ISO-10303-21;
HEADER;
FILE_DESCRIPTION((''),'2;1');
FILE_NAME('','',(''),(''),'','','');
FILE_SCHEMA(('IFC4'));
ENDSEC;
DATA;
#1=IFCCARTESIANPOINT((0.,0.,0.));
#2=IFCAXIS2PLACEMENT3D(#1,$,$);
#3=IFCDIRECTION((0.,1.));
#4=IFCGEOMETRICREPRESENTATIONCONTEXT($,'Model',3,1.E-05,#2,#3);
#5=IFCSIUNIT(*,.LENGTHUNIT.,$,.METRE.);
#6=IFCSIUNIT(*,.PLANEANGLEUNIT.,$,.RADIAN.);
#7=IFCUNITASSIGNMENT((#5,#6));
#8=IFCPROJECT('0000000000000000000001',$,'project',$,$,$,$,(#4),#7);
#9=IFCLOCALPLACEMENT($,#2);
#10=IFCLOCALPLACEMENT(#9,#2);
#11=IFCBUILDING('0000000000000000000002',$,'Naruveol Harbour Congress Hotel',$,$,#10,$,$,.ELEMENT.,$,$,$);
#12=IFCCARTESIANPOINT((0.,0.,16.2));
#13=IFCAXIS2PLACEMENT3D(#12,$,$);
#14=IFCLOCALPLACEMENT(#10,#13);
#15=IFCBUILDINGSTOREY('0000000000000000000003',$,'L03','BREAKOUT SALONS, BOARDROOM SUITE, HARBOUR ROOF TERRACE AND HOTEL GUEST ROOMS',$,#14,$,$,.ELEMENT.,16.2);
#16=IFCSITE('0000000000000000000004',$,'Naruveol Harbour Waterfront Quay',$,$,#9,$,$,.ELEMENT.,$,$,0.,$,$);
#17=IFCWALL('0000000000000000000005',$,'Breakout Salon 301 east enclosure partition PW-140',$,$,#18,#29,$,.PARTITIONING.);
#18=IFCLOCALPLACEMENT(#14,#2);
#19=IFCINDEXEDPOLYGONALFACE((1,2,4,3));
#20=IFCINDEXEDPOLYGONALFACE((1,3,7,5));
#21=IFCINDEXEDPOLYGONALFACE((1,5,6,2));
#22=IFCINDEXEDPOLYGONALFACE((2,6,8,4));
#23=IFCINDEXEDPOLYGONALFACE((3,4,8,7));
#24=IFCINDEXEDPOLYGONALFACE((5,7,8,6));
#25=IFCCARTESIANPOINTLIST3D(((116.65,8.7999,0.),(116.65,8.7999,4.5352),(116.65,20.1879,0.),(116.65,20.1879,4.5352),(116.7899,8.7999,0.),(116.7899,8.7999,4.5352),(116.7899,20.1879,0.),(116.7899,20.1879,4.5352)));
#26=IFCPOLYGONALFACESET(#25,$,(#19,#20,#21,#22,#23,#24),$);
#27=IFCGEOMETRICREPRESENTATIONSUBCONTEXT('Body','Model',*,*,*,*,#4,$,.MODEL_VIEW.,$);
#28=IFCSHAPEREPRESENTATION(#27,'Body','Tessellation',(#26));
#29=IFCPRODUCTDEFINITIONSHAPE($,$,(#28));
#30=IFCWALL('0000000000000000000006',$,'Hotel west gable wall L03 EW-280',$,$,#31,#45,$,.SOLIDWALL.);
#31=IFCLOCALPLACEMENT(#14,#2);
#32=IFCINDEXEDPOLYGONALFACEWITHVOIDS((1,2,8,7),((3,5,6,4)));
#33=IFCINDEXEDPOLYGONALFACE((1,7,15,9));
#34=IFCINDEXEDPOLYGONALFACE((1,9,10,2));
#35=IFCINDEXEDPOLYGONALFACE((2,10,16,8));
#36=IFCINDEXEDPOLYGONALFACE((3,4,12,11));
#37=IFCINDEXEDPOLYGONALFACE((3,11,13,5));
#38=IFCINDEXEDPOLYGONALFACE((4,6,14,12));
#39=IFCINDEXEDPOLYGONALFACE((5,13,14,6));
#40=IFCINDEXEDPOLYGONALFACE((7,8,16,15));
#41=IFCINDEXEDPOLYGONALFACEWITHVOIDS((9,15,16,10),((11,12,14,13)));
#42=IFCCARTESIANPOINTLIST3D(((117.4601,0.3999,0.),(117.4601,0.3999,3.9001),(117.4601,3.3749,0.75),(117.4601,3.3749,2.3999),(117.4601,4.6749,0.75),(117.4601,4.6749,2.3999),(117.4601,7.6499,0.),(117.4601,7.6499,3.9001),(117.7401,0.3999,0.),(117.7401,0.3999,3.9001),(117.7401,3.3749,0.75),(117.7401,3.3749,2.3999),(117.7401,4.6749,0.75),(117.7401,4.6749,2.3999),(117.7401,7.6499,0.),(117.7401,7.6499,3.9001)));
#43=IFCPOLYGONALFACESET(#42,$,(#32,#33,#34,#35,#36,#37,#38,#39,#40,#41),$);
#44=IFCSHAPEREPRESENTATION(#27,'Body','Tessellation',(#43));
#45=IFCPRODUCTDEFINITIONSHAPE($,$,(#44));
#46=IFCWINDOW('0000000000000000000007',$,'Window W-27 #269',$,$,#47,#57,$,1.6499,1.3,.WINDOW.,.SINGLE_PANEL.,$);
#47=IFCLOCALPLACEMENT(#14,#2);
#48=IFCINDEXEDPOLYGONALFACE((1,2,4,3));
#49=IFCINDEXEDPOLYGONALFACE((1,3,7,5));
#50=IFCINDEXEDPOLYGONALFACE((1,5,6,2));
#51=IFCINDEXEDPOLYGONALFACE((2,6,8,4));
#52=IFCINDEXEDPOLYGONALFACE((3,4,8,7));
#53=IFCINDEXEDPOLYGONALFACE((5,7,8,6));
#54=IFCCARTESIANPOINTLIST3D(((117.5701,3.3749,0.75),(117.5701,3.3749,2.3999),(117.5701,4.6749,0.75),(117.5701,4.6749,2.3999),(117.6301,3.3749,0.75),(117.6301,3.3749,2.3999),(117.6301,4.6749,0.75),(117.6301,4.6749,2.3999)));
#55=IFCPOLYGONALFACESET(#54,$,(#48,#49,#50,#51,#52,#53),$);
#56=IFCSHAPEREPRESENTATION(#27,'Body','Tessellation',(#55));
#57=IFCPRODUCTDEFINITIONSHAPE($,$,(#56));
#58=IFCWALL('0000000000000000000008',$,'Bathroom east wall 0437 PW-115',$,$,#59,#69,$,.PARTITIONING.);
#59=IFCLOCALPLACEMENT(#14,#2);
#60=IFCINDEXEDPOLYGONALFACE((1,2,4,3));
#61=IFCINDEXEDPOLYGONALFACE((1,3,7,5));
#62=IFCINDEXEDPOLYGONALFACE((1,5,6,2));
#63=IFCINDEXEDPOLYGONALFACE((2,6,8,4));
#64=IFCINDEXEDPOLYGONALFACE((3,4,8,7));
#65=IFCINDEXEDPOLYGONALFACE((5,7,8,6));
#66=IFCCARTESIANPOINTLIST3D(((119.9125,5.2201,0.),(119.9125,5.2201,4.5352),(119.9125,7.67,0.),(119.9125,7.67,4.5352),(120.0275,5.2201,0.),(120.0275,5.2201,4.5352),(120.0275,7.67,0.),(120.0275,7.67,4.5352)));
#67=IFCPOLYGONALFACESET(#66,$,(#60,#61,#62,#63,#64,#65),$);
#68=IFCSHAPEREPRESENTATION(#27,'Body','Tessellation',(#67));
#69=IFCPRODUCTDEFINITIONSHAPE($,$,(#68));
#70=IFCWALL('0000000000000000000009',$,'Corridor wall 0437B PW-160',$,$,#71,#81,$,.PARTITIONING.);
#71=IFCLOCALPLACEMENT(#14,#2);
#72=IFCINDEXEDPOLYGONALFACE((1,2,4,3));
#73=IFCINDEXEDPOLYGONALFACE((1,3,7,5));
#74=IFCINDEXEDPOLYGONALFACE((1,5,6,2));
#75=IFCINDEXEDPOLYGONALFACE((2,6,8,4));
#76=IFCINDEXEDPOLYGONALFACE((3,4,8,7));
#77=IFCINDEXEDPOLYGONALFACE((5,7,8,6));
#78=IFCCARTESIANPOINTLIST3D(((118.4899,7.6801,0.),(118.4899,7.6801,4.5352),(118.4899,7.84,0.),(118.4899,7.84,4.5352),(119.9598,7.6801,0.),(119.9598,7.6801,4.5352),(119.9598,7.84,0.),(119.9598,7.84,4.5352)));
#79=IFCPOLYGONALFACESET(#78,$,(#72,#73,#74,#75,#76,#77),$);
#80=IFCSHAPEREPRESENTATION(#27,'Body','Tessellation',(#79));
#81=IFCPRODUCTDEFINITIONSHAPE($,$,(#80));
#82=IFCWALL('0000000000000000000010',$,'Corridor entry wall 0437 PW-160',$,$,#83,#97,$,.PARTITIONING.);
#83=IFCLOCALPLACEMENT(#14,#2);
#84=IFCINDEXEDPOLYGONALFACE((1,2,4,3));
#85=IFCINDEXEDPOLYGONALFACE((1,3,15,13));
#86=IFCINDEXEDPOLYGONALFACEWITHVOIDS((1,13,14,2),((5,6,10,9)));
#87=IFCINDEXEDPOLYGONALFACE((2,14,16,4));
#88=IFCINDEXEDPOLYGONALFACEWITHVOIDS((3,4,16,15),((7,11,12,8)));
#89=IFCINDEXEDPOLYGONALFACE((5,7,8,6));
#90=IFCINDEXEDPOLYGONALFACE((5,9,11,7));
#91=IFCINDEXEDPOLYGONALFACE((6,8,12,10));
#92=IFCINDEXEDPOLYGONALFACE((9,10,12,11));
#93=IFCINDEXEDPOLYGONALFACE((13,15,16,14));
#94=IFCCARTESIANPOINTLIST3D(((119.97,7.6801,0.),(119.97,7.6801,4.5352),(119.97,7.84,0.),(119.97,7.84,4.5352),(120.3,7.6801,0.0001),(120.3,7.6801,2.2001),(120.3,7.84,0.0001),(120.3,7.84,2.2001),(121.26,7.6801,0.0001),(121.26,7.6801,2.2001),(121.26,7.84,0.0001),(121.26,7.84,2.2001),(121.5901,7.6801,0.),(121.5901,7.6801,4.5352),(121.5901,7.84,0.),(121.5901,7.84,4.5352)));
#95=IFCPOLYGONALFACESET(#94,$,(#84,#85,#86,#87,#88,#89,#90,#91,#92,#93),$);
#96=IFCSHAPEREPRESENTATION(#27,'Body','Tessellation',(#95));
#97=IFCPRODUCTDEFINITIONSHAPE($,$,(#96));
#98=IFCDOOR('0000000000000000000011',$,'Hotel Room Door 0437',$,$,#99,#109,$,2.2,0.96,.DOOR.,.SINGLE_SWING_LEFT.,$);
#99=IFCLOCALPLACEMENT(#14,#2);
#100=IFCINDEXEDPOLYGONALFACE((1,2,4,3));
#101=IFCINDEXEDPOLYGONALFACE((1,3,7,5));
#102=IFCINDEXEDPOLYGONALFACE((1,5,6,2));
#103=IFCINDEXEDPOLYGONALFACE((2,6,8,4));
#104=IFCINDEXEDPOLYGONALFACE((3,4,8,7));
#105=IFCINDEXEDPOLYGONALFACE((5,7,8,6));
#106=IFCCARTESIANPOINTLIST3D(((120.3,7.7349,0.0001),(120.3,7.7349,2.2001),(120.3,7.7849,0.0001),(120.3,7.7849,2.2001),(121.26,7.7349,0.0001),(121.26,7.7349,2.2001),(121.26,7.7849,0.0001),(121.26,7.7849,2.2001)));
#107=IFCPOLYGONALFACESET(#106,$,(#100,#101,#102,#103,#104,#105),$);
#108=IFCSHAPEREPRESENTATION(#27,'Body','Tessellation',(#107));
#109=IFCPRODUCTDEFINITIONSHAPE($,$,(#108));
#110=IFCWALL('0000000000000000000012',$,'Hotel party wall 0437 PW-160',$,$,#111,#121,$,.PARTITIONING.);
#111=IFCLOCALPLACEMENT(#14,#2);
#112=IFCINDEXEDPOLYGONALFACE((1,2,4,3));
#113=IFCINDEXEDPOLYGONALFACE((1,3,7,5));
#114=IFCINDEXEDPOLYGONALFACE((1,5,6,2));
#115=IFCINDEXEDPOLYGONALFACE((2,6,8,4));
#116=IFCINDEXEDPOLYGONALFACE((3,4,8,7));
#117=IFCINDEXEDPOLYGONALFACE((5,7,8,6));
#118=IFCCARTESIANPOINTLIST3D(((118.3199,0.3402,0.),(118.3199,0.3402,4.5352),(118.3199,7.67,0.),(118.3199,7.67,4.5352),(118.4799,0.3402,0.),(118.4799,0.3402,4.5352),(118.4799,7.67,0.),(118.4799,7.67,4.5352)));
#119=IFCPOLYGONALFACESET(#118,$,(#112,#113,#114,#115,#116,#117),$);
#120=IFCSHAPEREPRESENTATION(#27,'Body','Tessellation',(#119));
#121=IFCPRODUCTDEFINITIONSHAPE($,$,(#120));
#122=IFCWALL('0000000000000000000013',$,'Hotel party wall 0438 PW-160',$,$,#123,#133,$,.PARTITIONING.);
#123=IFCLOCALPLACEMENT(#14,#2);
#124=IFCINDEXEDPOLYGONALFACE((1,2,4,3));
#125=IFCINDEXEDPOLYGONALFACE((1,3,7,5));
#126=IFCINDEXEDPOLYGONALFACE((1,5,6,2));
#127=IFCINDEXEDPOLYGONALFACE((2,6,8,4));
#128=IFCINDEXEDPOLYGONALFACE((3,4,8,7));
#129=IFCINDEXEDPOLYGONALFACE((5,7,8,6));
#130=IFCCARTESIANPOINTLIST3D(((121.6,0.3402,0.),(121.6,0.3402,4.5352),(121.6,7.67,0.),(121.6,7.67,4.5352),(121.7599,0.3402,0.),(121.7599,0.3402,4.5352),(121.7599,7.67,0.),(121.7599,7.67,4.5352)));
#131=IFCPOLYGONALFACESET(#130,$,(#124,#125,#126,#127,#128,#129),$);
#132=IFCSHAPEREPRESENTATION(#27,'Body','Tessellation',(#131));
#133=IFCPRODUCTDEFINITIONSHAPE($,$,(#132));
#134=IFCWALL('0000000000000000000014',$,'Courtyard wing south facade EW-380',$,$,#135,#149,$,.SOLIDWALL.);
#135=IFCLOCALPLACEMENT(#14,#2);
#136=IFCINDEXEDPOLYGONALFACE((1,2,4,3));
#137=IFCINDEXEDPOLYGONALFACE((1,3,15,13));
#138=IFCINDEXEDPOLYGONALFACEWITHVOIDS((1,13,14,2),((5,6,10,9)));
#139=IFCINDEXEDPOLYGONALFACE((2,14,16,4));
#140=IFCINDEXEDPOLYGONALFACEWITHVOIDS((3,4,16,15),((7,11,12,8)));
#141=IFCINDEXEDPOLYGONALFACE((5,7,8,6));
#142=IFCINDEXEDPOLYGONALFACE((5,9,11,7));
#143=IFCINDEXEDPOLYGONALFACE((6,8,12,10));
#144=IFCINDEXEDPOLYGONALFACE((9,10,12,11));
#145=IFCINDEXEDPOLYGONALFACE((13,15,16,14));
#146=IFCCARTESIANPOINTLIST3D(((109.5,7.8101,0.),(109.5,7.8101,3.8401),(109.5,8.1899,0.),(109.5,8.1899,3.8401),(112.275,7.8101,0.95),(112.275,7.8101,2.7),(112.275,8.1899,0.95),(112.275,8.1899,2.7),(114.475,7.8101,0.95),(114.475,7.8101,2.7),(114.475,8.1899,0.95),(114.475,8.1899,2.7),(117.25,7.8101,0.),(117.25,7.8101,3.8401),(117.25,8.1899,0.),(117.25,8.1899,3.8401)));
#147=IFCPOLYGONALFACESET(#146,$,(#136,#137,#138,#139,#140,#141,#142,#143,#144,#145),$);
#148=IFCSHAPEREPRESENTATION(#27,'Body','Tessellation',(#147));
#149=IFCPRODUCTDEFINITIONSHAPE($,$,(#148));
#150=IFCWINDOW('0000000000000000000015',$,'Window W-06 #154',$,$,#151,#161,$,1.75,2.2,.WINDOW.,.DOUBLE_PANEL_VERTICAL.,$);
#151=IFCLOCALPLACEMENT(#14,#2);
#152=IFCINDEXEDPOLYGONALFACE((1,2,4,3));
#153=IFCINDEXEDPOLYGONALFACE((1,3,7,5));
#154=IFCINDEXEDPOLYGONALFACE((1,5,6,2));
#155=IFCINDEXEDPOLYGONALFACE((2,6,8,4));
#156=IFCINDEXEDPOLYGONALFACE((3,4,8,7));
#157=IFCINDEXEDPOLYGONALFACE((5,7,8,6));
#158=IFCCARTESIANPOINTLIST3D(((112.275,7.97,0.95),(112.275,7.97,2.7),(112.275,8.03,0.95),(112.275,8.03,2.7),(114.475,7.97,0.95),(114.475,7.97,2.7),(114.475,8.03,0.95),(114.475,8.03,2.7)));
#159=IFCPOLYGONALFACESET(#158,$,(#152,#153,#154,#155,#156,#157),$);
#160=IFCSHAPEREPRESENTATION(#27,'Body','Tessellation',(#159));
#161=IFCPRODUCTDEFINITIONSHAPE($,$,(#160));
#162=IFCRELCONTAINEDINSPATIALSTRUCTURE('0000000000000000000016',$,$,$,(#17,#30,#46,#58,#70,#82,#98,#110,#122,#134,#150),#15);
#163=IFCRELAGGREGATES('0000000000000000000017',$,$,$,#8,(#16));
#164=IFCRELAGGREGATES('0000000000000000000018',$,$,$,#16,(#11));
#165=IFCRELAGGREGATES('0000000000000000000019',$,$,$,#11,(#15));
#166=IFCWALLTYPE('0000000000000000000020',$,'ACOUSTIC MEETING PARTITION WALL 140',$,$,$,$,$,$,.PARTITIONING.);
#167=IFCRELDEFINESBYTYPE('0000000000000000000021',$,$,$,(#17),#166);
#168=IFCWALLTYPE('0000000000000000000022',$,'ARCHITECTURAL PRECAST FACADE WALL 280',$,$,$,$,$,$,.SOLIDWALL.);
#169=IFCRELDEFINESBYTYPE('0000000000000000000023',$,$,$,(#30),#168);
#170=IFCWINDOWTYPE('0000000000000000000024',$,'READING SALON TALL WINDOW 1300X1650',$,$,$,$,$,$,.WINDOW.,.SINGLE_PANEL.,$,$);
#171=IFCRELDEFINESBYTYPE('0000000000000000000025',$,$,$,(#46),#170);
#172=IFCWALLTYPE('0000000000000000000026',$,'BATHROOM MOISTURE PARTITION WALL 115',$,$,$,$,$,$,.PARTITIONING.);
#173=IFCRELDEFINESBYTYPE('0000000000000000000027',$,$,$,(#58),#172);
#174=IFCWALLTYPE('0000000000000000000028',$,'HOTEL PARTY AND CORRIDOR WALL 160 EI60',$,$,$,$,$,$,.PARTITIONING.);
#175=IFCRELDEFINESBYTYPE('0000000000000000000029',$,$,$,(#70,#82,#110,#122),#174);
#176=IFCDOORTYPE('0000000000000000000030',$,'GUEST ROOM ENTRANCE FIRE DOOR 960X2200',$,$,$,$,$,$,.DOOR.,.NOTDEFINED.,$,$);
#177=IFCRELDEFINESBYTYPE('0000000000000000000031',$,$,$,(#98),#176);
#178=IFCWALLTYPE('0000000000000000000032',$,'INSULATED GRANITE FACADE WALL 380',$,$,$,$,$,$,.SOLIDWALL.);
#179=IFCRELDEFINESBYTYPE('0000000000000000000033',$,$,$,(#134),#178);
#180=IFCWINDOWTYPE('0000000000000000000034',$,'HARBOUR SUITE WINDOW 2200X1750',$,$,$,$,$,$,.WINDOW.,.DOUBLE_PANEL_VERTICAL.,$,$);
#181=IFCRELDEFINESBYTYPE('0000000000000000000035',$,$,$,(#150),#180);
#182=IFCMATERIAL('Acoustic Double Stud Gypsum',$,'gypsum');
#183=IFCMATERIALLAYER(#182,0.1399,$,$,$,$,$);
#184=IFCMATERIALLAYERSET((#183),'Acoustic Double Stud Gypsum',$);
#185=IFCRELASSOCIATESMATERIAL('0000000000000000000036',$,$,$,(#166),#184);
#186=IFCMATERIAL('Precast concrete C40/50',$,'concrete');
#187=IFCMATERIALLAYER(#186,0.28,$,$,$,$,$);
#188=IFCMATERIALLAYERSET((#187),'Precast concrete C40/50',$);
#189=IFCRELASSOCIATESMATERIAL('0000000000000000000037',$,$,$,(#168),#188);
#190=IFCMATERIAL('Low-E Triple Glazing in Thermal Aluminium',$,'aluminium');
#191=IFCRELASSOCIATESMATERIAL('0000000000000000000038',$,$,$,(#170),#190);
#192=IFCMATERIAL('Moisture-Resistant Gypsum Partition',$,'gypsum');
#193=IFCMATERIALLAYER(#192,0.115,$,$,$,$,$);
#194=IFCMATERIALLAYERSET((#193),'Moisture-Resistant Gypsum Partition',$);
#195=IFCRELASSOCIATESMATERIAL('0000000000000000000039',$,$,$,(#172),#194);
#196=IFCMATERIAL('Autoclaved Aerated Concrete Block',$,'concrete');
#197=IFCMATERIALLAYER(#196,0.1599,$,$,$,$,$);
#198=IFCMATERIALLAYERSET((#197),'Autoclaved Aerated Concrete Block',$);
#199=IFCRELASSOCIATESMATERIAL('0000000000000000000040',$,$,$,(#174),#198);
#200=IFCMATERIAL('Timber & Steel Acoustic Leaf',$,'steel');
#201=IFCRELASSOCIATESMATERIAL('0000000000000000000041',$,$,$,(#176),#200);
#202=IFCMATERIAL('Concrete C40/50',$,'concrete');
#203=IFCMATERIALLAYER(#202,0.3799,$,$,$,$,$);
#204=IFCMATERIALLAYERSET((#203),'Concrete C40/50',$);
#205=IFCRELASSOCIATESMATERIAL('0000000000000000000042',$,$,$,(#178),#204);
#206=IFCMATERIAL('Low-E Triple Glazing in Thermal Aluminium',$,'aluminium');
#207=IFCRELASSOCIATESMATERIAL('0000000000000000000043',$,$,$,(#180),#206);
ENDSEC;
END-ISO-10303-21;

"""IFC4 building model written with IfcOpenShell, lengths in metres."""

from ifc_helpers import new_model, si_unit, direction, frame, frame_2d, origin, place, context, subcontext, project, spatial, rectangle, extrude, material, layer, layer_set, type_object, element, fill, save


model = new_model("IFC4")

# Units and contexts
model_context = context("Model", 3, precision=1e-05, world=origin(), true_north=direction((0.0, 1.0)))
body_context = subcontext(model_context, "Body", "Model", "MODEL_VIEW")
ifc_project = project(units=[si_unit("LENGTHUNIT", "METRE"), si_unit("PLANEANGLEUNIT", "RADIAN")], contexts=[model_context])

# Site, building, storey
site_placement = place(None, origin())
site = spatial("IfcSite", under=ifc_project, at=site_placement, Name="Naruveol Harbour Waterfront Quay", CompositionType="ELEMENT", RefElevation=0.0)
building_placement = place(site_placement, origin())
building = spatial("IfcBuilding", under=site, at=building_placement, Name="Naruveol Harbour Congress Hotel", CompositionType="ELEMENT")
storey_placement = place(building_placement, frame((0.0, 0.0, 16.2)))
storey = spatial("IfcBuildingStorey", under=building, at=storey_placement, Name="L03", Description="BREAKOUT SALONS, BOARDROOM SUITE, HARBOUR ROOF TERRACE AND HOTEL GUEST ROOMS", CompositionType="ELEMENT", Elevation=16.2)

# Wall
ifc_material_1 = material(Name="Acoustic Double Stud Gypsum", Category="gypsum")
ifc_layer_1 = layer(ifc_material_1, 0.1399)
ifc_layer_set_1 = layer_set([ifc_layer_1], Name="Acoustic Double Stud Gypsum")
wall_type_1 = type_object("IfcWallType", Name="ACOUSTIC MEETING PARTITION WALL 140", PredefinedType="PARTITIONING", material=ifc_layer_set_1)
wall_1_placement = place(storey_placement, frame((116.72, 8.8, 0.0), z_axis=(0.0, 0.0, 1.0), x_axis=(0.0, 1.0, 0.0)))
element("IfcWall", 1, at=wall_1_placement, inside=storey, type_object=wall_type_1, Name="Breakout Salon 301 east enclosure partition PW-140", PredefinedType="PARTITIONING", context=body_context, shape_type="SweptSolid", body=[
    extrude(rectangle(XDim=11.3879, YDim=0.1399, at=frame_2d((5.6938, 0.0))), origin(), (0.0, 0.0, 1.0), 4.5352),
])

# Wall, opening, window
ifc_material_2 = material(Name="Precast concrete C40/50", Category="concrete")
ifc_layer_2 = layer(ifc_material_2, 0.28)
ifc_layer_set_2 = layer_set([ifc_layer_2], Name="Precast concrete C40/50")
wall_type_2 = type_object("IfcWallType", Name="ARCHITECTURAL PRECAST FACADE WALL 280", PredefinedType="SOLIDWALL", material=ifc_layer_set_2)
wall_2_placement = place(storey_placement, frame((117.6001, 0.3999, 0.0), z_axis=(0.0, 0.0, 1.0), x_axis=(0.0, 1.0, 0.0)))
wall_2 = element("IfcWall", 2, at=wall_2_placement, inside=storey, type_object=wall_type_2, Name="Hotel west gable wall L03 EW-280", PredefinedType="SOLIDWALL", context=body_context, shape_type="SweptSolid", body=[
    extrude(rectangle(XDim=7.25, YDim=0.28, at=frame_2d((3.625, 0.0))), origin(), (0.0, 0.0, 1.0), 3.9001),
])
opening_1_placement = place(wall_2_placement, frame((2.9751, 0.0, 0.75)))
opening_1 = element("IfcOpeningElement", 3, at=opening_1_placement, cuts=wall_2, PredefinedType="OPENING", context=body_context, shape_type="SweptSolid", body=[
    extrude(rectangle(XDim=1.3, YDim=1.6499, at=frame_2d((0.6499, 0.825))), frame((0.0, 0.1499, 0.0), z_axis=(0.0, -1.0, 0.0), x_axis=(1.0, 0.0, 0.0)), (0.0, 0.0, 1.0), 0.3),
])
ifc_material_3 = material(Name="Low-E Triple Glazing in Thermal Aluminium", Category="aluminium")
window_type_1 = type_object("IfcWindowType", Name="READING SALON TALL WINDOW 1300X1650", PartitioningType="SINGLE_PANEL", PredefinedType="WINDOW", material=ifc_material_3)
window_1_placement = place(opening_1_placement, origin())
window_1 = element("IfcWindow", 4, at=window_1_placement, inside=storey, type_object=window_type_1, Name="Window W-27 #269", OverallHeight=1.6499, OverallWidth=1.3, PartitioningType="SINGLE_PANEL", PredefinedType="WINDOW", context=body_context, shape_type="SweptSolid", body=[
    extrude(rectangle(XDim=1.3, YDim=1.6499, at=frame_2d((0.6499, 0.825))), frame((0.0, 0.03, 0.0), z_axis=(0.0, -1.0, 0.0), x_axis=(1.0, 0.0, 0.0)), (0.0, 0.0, 1.0), 0.0601),
])
fill(opening_1, window_1)

# Wall
ifc_material_4 = material(Name="Moisture-Resistant Gypsum Partition", Category="gypsum")
ifc_layer_3 = layer(ifc_material_4, 0.115)
ifc_layer_set_3 = layer_set([ifc_layer_3], Name="Moisture-Resistant Gypsum Partition")
wall_type_3 = type_object("IfcWallType", Name="BATHROOM MOISTURE PARTITION WALL 115", PredefinedType="PARTITIONING", material=ifc_layer_set_3)
wall_3_placement = place(storey_placement, frame((119.97, 5.22, 0.0), z_axis=(0.0, 0.0, 1.0), x_axis=(0.0, 1.0, 0.0)))
element("IfcWall", 5, at=wall_3_placement, inside=storey, type_object=wall_type_3, Name="Bathroom east wall 0437 PW-115", PredefinedType="PARTITIONING", context=body_context, shape_type="SweptSolid", body=[
    extrude(rectangle(XDim=2.45, YDim=0.115, at=frame_2d((1.2251, 0.0))), origin(), (0.0, 0.0, 1.0), 4.5352),
])

# Wall
ifc_material_5 = material(Name="Autoclaved Aerated Concrete Block", Category="concrete")
ifc_layer_4 = layer(ifc_material_5, 0.1599)
ifc_layer_set_4 = layer_set([ifc_layer_4], Name="Autoclaved Aerated Concrete Block")
wall_type_4 = type_object("IfcWallType", Name="HOTEL PARTY AND CORRIDOR WALL 160 EI60", PredefinedType="PARTITIONING", material=ifc_layer_set_4)
wall_4_placement = place(storey_placement, frame((118.49, 7.76, 0.0), z_axis=(0.0, 0.0, 1.0), x_axis=(1.0, 0.0, 0.0)))
element("IfcWall", 6, at=wall_4_placement, inside=storey, type_object=wall_type_4, Name="Corridor wall 0437B PW-160", PredefinedType="PARTITIONING", context=body_context, shape_type="SweptSolid", body=[
    extrude(rectangle(XDim=1.47, YDim=0.1599, at=frame_2d((0.7349, 0.0))), origin(), (0.0, 0.0, 1.0), 4.5352),
])

# Wall, opening, door
wall_5_placement = place(storey_placement, frame((119.97, 7.76, 0.0), z_axis=(0.0, 0.0, 1.0), x_axis=(1.0, 0.0, 0.0)))
wall_5 = element("IfcWall", 7, at=wall_5_placement, inside=storey, type_object=wall_type_4, Name="Corridor entry wall 0437 PW-160", PredefinedType="PARTITIONING", context=body_context, shape_type="SweptSolid", body=[
    extrude(rectangle(XDim=1.6201, YDim=0.1599, at=frame_2d((0.8101, 0.0))), origin(), (0.0, 0.0, 1.0), 4.5352),
])
opening_2_placement = place(wall_5_placement, frame((0.3301, 0.0, 0.0)))
opening_2 = element("IfcOpeningElement", 8, at=opening_2_placement, cuts=wall_5, PredefinedType="OPENING", context=body_context, shape_type="SweptSolid", body=[
    extrude(rectangle(XDim=0.96, YDim=2.2, at=frame_2d((0.48, 1.1001))), frame((0.0, 0.0898, 0.0), z_axis=(0.0, -1.0, 0.0), x_axis=(1.0, 0.0, 0.0)), (0.0, 0.0, 1.0), 0.1799),
])
ifc_material_6 = material(Name="Timber & Steel Acoustic Leaf", Category="steel")
door_type_1 = type_object("IfcDoorType", Name="GUEST ROOM ENTRANCE FIRE DOOR 960X2200", OperationType="NOTDEFINED", PredefinedType="DOOR", material=ifc_material_6)
door_1_placement = place(opening_2_placement, origin())
door_1 = element("IfcDoor", 9, at=door_1_placement, inside=storey, type_object=door_type_1, Name="Hotel Room Door 0437", OperationType="SINGLE_SWING_LEFT", OverallHeight=2.2, OverallWidth=0.96, PredefinedType="DOOR", context=body_context, shape_type="SweptSolid", body=[
    extrude(rectangle(XDim=0.96, YDim=2.2, at=frame_2d((0.48, 1.1001))), frame((0.0, 0.0249, 0.0), z_axis=(0.0, -1.0, 0.0), x_axis=(1.0, 0.0, 0.0)), (0.0, 0.0, 1.0), 0.05),
])
fill(opening_2, door_1)

# Walls
for number, where, z_axis, x_axis, name in (
    (10, (118.3999, 0.3401, 0.0), (0.0, 0.0, 1.0), (0.0, 1.0, 0.0), "Hotel party wall 0437 PW-160"),
    (11, (121.6799, 0.3401, 0.0), (0.0, 0.0, 1.0), (0.0, 1.0, 0.0), "Hotel party wall 0438 PW-160"),
):
    element("IfcWall", number, at=place(storey_placement, frame(where, z_axis=z_axis, x_axis=x_axis)), inside=storey, type_object=wall_type_4, Name=name, PredefinedType="PARTITIONING", context=body_context, shape_type="SweptSolid", body=[
        extrude(rectangle(XDim=7.3298, YDim=0.1599, at=frame_2d((3.665, 0.0))), origin(), (0.0, 0.0, 1.0), 4.5352),
    ])

# Wall, opening, window
ifc_material_7 = material(Name="Concrete C40/50", Category="concrete")
ifc_layer_5 = layer(ifc_material_7, 0.3799)
ifc_layer_set_5 = layer_set([ifc_layer_5], Name="Concrete C40/50")
wall_type_5 = type_object("IfcWallType", Name="INSULATED GRANITE FACADE WALL 380", PredefinedType="SOLIDWALL", material=ifc_layer_set_5)
wall_6_placement = place(storey_placement, frame((117.25, 8.0, 0.0), z_axis=(0.0, 0.0, 1.0), x_axis=(-1.0, 0.0, 0.0)))
wall_6 = element("IfcWall", 12, at=wall_6_placement, inside=storey, type_object=wall_type_5, Name="Courtyard wing south facade EW-380", PredefinedType="SOLIDWALL", context=body_context, shape_type="SweptSolid", body=[
    extrude(rectangle(XDim=7.75, YDim=0.3799, at=frame_2d((3.875, 0.0))), origin(), (0.0, 0.0, 1.0), 3.8401),
])
opening_3_placement = place(wall_6_placement, frame((2.7749, 0.0, 0.95)))
opening_3 = element("IfcOpeningElement", 13, at=opening_3_placement, cuts=wall_6, PredefinedType="OPENING", context=body_context, shape_type="SweptSolid", body=[
    extrude(rectangle(XDim=2.2, YDim=1.75, at=frame_2d((1.1001, 0.875))), frame((0.0, 0.2, 0.0), z_axis=(0.0, -1.0, 0.0), x_axis=(1.0, 0.0, 0.0)), (0.0, 0.0, 1.0), 0.3999),
])
ifc_material_8 = material(Name="Low-E Triple Glazing in Thermal Aluminium", Category="aluminium")
window_type_2 = type_object("IfcWindowType", Name="HARBOUR SUITE WINDOW 2200X1750", PartitioningType="DOUBLE_PANEL_VERTICAL", PredefinedType="WINDOW", material=ifc_material_8)
window_2_placement = place(opening_3_placement, origin())
window_2 = element("IfcWindow", 14, at=window_2_placement, inside=storey, type_object=window_type_2, Name="Window W-06 #154", OverallHeight=1.75, OverallWidth=2.2, PartitioningType="DOUBLE_PANEL_VERTICAL", PredefinedType="WINDOW", context=body_context, shape_type="SweptSolid", body=[
    extrude(rectangle(XDim=2.2, YDim=1.75, at=frame_2d((1.1001, 0.875))), frame((0.0, 0.03, 0.0), z_axis=(0.0, -1.0, 0.0), x_axis=(1.0, 0.0, 0.0)), (0.0, 0.0, 1.0), 0.0601),
])
fill(opening_3, window_2)

save(model, "model.ifc")
